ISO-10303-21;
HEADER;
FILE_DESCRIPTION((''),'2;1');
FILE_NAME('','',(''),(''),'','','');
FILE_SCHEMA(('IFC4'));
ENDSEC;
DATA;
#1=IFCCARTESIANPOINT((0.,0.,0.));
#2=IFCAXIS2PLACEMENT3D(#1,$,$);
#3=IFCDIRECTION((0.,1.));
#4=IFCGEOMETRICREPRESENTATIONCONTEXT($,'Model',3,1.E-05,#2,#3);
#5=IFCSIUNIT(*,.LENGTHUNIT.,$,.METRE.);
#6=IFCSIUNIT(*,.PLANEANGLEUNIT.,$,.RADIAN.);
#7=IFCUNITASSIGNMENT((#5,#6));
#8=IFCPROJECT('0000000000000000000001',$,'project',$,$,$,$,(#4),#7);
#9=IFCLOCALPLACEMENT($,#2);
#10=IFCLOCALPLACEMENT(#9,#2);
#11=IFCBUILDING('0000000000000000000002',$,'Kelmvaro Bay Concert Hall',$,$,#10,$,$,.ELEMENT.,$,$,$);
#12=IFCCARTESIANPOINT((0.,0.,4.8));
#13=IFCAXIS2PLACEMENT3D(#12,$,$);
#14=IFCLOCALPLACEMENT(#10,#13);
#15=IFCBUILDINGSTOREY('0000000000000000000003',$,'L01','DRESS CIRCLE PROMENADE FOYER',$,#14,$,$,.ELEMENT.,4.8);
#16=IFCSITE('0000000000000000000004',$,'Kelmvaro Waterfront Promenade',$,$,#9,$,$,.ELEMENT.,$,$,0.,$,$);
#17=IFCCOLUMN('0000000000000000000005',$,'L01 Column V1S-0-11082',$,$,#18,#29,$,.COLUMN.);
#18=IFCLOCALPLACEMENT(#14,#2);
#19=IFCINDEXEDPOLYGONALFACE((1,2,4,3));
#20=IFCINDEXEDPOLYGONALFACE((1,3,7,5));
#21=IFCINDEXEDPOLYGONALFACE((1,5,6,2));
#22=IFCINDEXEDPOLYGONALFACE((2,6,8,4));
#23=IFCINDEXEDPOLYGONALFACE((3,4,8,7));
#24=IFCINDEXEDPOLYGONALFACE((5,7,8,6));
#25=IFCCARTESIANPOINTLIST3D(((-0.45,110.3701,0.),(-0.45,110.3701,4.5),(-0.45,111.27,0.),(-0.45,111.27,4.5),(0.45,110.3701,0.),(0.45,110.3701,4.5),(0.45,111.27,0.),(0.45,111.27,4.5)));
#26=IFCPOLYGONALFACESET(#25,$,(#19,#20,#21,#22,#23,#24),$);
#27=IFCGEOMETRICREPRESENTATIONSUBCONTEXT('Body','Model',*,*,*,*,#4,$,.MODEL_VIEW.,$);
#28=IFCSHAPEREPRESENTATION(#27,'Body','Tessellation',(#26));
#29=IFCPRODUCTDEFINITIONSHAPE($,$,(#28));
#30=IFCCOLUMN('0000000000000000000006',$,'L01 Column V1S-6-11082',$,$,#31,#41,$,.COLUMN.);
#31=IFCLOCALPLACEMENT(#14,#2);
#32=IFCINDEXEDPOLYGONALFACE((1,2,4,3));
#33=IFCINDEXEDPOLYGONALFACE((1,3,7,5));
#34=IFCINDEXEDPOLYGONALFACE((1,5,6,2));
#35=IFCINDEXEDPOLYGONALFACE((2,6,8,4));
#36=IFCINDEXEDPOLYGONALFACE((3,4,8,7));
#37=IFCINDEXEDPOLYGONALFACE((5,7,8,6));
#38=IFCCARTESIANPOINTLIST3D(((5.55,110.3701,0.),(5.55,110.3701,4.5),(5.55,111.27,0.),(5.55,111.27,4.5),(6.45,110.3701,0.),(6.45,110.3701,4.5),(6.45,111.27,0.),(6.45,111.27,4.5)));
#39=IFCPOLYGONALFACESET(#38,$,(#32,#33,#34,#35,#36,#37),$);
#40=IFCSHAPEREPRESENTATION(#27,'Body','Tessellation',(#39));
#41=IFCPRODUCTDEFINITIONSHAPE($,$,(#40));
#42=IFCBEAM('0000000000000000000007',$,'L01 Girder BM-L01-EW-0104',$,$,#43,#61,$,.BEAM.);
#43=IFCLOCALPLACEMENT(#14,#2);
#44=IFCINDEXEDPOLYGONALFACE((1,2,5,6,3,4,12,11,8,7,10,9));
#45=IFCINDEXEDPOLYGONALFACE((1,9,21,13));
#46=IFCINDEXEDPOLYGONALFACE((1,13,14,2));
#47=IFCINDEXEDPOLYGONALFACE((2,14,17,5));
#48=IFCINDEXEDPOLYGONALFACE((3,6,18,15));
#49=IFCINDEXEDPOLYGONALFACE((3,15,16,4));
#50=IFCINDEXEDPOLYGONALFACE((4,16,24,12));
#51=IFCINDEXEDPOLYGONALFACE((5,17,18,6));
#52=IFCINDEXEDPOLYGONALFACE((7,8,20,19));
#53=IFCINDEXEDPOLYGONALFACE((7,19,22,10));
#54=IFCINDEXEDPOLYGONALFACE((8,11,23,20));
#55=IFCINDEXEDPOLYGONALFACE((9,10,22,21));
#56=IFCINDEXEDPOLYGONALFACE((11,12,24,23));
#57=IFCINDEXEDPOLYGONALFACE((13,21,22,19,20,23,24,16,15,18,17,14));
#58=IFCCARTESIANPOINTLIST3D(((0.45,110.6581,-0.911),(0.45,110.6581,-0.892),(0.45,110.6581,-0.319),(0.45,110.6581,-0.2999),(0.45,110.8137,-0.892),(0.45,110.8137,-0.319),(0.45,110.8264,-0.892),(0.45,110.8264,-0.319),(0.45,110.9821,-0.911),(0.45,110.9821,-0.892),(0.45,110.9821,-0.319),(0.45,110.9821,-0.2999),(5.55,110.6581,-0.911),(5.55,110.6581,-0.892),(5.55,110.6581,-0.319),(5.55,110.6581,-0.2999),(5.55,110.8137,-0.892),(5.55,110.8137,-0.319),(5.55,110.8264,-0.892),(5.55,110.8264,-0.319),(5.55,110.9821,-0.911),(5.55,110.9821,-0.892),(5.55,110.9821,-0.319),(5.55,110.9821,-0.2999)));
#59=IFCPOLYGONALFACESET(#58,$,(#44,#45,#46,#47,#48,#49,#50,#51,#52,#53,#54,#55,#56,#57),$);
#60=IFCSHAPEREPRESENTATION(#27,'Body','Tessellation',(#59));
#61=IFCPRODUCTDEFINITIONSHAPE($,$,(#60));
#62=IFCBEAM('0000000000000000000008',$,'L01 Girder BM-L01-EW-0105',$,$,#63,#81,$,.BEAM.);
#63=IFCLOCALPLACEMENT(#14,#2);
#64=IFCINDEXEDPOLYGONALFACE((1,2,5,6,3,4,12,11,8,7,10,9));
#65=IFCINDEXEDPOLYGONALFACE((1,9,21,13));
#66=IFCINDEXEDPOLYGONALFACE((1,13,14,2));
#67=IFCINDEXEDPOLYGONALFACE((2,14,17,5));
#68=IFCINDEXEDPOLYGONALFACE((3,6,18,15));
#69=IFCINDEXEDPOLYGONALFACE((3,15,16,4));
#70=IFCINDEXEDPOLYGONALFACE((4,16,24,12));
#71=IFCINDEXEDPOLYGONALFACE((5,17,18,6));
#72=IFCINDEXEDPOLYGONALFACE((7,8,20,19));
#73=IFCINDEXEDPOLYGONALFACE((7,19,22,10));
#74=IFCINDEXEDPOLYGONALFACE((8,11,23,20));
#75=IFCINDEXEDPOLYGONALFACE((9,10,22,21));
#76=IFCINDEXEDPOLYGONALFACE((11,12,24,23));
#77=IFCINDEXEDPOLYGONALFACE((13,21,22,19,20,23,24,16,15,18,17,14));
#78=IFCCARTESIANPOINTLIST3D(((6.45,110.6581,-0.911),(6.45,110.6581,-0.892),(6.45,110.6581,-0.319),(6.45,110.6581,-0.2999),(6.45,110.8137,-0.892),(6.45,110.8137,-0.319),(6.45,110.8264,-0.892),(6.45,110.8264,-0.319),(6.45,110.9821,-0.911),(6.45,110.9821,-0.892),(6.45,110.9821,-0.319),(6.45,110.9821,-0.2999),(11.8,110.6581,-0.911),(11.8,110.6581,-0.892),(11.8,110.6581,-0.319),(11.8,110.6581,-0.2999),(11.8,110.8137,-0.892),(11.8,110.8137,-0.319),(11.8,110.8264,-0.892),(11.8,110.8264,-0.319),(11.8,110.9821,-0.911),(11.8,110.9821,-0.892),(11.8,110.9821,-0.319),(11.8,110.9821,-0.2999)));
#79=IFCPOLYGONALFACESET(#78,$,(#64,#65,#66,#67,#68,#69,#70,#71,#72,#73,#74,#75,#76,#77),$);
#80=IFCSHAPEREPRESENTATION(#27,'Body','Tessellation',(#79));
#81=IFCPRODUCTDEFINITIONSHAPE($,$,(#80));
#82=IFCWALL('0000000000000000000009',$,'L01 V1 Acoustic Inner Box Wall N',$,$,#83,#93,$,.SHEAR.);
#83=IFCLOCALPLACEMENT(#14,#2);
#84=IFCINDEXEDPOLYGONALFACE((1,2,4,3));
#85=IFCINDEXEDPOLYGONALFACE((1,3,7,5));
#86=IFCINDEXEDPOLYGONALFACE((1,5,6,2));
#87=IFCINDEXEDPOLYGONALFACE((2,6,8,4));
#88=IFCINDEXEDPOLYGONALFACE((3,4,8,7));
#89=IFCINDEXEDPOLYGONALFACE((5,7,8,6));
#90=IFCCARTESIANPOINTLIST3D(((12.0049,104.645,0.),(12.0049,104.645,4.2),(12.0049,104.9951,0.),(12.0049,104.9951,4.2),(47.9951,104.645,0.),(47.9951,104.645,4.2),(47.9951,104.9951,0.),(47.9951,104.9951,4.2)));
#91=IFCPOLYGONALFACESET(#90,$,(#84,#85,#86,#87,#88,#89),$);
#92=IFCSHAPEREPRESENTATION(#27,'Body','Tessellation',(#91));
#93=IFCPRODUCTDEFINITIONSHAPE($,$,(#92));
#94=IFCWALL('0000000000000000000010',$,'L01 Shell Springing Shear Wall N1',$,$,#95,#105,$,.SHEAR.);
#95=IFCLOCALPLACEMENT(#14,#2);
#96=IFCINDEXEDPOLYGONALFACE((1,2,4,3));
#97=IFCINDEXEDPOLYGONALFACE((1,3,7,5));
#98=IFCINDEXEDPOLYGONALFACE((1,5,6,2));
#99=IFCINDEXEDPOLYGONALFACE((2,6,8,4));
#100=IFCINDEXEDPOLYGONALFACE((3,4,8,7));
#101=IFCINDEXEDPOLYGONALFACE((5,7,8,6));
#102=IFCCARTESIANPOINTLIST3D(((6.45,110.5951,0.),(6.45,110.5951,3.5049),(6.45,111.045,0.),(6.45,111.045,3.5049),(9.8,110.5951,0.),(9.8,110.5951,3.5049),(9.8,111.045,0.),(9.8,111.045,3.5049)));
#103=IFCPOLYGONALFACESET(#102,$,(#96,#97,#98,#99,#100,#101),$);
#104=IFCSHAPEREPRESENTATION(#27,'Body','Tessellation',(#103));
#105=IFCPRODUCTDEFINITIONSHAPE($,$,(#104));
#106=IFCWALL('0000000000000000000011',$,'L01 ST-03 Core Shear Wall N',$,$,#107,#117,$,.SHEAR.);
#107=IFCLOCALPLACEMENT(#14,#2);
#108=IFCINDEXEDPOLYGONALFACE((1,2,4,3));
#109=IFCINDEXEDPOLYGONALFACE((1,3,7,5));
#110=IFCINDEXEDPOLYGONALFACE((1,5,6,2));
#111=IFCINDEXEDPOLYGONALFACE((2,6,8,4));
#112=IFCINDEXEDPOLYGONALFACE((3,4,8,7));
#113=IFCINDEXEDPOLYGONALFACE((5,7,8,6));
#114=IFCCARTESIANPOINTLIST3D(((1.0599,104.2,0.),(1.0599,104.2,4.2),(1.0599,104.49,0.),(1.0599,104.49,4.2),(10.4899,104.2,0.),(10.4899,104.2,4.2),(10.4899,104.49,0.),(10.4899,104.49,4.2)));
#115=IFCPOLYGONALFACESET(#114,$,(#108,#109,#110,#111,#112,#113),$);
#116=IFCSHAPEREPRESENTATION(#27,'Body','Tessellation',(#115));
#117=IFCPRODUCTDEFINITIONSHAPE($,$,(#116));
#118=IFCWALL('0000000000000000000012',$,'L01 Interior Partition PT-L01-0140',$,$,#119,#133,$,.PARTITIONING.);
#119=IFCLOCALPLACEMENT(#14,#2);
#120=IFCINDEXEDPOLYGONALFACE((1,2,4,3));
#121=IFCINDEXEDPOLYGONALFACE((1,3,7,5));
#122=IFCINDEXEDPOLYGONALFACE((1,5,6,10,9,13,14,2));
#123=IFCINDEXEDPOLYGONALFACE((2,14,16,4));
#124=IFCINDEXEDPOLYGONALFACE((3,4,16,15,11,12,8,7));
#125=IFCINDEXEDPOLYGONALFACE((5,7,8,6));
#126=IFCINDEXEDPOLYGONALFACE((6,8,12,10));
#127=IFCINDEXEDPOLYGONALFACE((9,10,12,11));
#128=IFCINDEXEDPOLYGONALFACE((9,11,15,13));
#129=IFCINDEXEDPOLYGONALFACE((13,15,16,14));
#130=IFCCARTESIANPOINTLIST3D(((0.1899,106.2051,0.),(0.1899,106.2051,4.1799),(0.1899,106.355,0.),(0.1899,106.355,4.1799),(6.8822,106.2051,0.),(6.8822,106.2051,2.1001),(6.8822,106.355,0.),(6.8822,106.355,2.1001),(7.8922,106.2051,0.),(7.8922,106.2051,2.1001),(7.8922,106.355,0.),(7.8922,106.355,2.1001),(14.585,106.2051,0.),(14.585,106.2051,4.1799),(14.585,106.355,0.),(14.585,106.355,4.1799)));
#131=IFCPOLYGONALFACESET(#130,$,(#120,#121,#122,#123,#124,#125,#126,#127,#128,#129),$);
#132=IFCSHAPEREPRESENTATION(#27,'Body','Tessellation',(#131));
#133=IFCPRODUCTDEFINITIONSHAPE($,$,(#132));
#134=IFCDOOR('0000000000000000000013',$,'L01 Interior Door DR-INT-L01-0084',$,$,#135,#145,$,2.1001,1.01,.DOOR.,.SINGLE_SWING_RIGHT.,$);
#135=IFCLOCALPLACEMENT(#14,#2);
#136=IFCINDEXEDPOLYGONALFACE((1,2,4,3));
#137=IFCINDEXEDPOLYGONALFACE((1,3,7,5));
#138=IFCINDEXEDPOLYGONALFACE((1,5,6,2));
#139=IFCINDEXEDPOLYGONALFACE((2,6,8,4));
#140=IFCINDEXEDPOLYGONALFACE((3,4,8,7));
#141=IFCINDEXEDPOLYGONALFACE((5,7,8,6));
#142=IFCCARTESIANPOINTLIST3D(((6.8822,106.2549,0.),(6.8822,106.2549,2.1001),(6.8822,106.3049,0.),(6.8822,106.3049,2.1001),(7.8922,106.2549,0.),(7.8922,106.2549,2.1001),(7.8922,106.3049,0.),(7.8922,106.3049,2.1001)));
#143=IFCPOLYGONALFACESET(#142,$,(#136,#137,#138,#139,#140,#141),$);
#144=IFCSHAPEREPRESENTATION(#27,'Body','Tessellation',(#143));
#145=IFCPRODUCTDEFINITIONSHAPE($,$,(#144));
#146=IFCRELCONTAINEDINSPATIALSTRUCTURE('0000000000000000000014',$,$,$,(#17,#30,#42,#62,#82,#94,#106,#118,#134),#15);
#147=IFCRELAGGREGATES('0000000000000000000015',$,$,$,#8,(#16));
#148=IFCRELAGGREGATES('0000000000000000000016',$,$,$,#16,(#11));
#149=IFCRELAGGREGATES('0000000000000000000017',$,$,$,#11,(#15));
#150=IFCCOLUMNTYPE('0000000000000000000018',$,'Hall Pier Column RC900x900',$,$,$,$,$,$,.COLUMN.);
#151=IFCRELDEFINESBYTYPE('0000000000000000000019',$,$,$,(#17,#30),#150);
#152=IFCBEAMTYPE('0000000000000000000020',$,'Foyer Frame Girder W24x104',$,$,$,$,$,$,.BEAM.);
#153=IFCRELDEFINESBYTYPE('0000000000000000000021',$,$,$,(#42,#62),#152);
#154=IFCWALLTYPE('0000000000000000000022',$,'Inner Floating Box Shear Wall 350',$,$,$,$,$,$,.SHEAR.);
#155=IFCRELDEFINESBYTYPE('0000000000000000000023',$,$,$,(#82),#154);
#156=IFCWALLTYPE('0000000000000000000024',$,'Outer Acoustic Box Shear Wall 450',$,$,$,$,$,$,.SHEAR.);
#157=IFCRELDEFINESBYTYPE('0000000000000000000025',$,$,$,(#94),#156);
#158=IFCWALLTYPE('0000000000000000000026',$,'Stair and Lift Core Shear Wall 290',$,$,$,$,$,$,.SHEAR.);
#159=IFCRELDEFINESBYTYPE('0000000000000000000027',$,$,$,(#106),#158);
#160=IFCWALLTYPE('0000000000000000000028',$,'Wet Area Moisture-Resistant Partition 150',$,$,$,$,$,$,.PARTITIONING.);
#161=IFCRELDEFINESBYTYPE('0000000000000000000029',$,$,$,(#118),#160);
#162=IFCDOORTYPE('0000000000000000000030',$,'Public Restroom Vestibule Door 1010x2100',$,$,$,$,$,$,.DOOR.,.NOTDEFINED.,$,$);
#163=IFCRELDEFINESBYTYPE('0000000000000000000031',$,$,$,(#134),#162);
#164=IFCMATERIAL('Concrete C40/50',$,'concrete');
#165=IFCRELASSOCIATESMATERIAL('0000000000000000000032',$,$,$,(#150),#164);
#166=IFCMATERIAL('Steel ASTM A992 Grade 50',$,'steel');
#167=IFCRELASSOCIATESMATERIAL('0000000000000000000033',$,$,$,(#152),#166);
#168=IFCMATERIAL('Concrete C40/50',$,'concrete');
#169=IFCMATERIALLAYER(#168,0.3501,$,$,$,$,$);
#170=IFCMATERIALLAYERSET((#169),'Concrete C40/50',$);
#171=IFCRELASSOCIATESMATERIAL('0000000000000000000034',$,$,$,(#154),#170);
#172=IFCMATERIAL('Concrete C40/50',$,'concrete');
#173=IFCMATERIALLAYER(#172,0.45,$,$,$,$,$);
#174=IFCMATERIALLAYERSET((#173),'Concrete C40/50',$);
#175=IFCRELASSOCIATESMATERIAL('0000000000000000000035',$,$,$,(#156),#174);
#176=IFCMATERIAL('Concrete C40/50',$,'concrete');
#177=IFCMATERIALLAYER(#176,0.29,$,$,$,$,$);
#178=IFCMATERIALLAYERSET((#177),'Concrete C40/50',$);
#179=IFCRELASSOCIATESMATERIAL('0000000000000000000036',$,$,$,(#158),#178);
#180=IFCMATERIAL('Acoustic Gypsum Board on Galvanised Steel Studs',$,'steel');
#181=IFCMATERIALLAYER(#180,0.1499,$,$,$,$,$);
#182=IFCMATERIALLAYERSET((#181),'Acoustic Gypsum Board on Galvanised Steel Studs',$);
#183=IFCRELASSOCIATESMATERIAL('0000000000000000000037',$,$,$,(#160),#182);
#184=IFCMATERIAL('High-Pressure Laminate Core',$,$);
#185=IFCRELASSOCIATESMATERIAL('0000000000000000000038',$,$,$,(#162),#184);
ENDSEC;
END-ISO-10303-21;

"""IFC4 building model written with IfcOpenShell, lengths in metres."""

from ifc_helpers import new_model, si_unit, direction, frame, frame_2d, origin, origin_2d, place, context, subcontext, project, spatial, rectangle, i_section, extrude, material, layer, layer_set, material_profile, profile_set, type_object, element, fill, save


model = new_model("IFC4")

# Units and contexts
model_context = context("Model", 3, precision=1e-05, world=origin(), true_north=direction((0.0, 1.0)))
body_context = subcontext(model_context, "Body", "Model", "MODEL_VIEW")
ifc_project = project(units=[si_unit("LENGTHUNIT", "METRE"), si_unit("PLANEANGLEUNIT", "RADIAN")], contexts=[model_context])

# Site, building, storey
site_placement = place(None, origin())
site = spatial("IfcSite", under=ifc_project, at=site_placement, Name="Kelmvaro Waterfront Promenade", CompositionType="ELEMENT", RefElevation=0.0)
building_placement = place(site_placement, origin())
building = spatial("IfcBuilding", under=site, at=building_placement, Name="Kelmvaro Bay Concert Hall", CompositionType="ELEMENT")
storey_placement = place(building_placement, frame((0.0, 0.0, 4.8)))
storey = spatial("IfcBuildingStorey", under=building, at=storey_placement, Name="L01", Description="DRESS CIRCLE PROMENADE FOYER", CompositionType="ELEMENT", Elevation=4.8)

# Columns
ifc_material_1 = material(Name="Concrete C40/50", Category="concrete")
ifc_material_profile_1 = material_profile(ifc_material_1, rectangle(XDim=0.8999, YDim=0.8999, at=origin_2d()), Name="RC-COL-900X900")
ifc_profile_set_1 = profile_set([ifc_material_profile_1], Name="Concrete C40/50")
column_type = type_object("IfcColumnType", Name="Hall Pier Column RC900x900", PredefinedType="COLUMN", material=ifc_profile_set_1)
for number, where, z_axis, x_axis, name in (
    (1, (0.0, 110.8201, 0.0), (0.0, 0.0, 1.0), (1.0, 0.0, 0.0), "L01 Column V1S-0-11082"),
    (2, (6.0, 110.8201, 0.0), (0.0, 0.0, 1.0), (1.0, 0.0, 0.0), "L01 Column V1S-6-11082"),
):
    element("IfcColumn", number, at=place(storey_placement, frame(where, z_axis=z_axis, x_axis=x_axis)), inside=storey, type_object=column_type, Name=name, PredefinedType="COLUMN", context=body_context, shape_type="SweptSolid", body=[
        extrude(rectangle(XDim=0.8999, YDim=0.8999, at=origin_2d()), origin(), (0.0, 0.0, 1.0), 4.5),
    ])

# Beams
ifc_material_2 = material(Name="Steel ASTM A992 Grade 50", Category="steel")
ifc_material_profile_2 = material_profile(ifc_material_2, i_section(OverallWidth=0.324, OverallDepth=0.6111, WebThickness=0.0127, FlangeThickness=0.019, at=origin_2d()), Name="W24X104")
ifc_profile_set_2 = profile_set([ifc_material_profile_2], Name="Steel ASTM A992 Grade 50")
beam_type = type_object("IfcBeamType", Name="Foyer Frame Girder W24x104", PredefinedType="BEAM", material=ifc_profile_set_2)
beam_1_placement = place(storey_placement, frame((0.45, 110.8201, -0.6055), z_axis=(1.0, 0.0, 0.0), x_axis=(0.0, 1.0, 0.0)))
element("IfcBeam", 3, at=beam_1_placement, inside=storey, type_object=beam_type, Name="L01 Girder BM-L01-EW-0104", PredefinedType="BEAM", context=body_context, shape_type="SweptSolid", body=[
    extrude(i_section(OverallWidth=0.324, OverallDepth=0.6111, WebThickness=0.0127, FlangeThickness=0.019, at=origin_2d()), origin(), (0.0, 0.0, 1.0), 5.1001),
])
beam_2_placement = place(storey_placement, frame((6.45, 110.8201, -0.6055), z_axis=(1.0, 0.0, 0.0), x_axis=(0.0, 1.0, 0.0)))
element("IfcBeam", 4, at=beam_2_placement, inside=storey, type_object=beam_type, Name="L01 Girder BM-L01-EW-0105", PredefinedType="BEAM", context=body_context, shape_type="SweptSolid", body=[
    extrude(i_section(OverallWidth=0.324, OverallDepth=0.6111, WebThickness=0.0127, FlangeThickness=0.019, at=origin_2d()), origin(), (0.0, 0.0, 1.0), 5.3501),
])

# Walls
ifc_material_3 = material(Name="Concrete C40/50", Category="concrete")
ifc_layer_1 = layer(ifc_material_3, 0.3501)
ifc_layer_set_1 = layer_set([ifc_layer_1], Name="Concrete C40/50")
wall_type_1 = type_object("IfcWallType", Name="Inner Floating Box Shear Wall 350", PredefinedType="SHEAR", material=ifc_layer_set_1)
wall_1_placement = place(storey_placement, frame((12.0049, 104.8201, 0.0), z_axis=(0.0, 0.0, 1.0), x_axis=(1.0, 0.0, 0.0)))
element("IfcWall", 5, at=wall_1_placement, inside=storey, type_object=wall_type_1, Name="L01 V1 Acoustic Inner Box Wall N", PredefinedType="SHEAR", context=body_context, shape_type="SweptSolid", body=[
    extrude(rectangle(XDim=35.9902, YDim=0.3501, at=frame_2d((17.9951, 0.0))), origin(), (0.0, 0.0, 1.0), 4.2),
])
ifc_material_4 = material(Name="Concrete C40/50", Category="concrete")
ifc_layer_2 = layer(ifc_material_4, 0.45)
ifc_layer_set_2 = layer_set([ifc_layer_2], Name="Concrete C40/50")
wall_type_2 = type_object("IfcWallType", Name="Outer Acoustic Box Shear Wall 450", PredefinedType="SHEAR", material=ifc_layer_set_2)
wall_2_placement = place(storey_placement, frame((6.45, 110.8201, 0.0), z_axis=(0.0, 0.0, 1.0), x_axis=(1.0, 0.0, 0.0)))
element("IfcWall", 6, at=wall_2_placement, inside=storey, type_object=wall_type_2, Name="L01 Shell Springing Shear Wall N1", PredefinedType="SHEAR", context=body_context, shape_type="SweptSolid", body=[
    extrude(rectangle(XDim=3.3501, YDim=0.45, at=frame_2d((1.675, 0.0))), origin(), (0.0, 0.0, 1.0), 3.5049),
])
ifc_material_5 = material(Name="Concrete C40/50", Category="concrete")
ifc_layer_3 = layer(ifc_material_5, 0.29)
ifc_layer_set_3 = layer_set([ifc_layer_3], Name="Concrete C40/50")
wall_type_3 = type_object("IfcWallType", Name="Stair and Lift Core Shear Wall 290", PredefinedType="SHEAR", material=ifc_layer_set_3)
wall_3_placement = place(storey_placement, frame((1.0601, 104.345, 0.0), z_axis=(0.0, 0.0, 1.0), x_axis=(1.0, 0.0, 0.0)))
element("IfcWall", 7, at=wall_3_placement, inside=storey, type_object=wall_type_3, Name="L01 ST-03 Core Shear Wall N", PredefinedType="SHEAR", context=body_context, shape_type="SweptSolid", body=[
    extrude(rectangle(XDim=9.4299, YDim=0.29, at=frame_2d((4.7148, 0.0))), origin(), (0.0, 0.0, 1.0), 4.2),
])

# Wall, opening, door
ifc_material_6 = material(Name="Acoustic Gypsum Board on Galvanised Steel Studs", Category="steel")
ifc_layer_4 = layer(ifc_material_6, 0.1499)
ifc_layer_set_4 = layer_set([ifc_layer_4], Name="Acoustic Gypsum Board on Galvanised Steel Studs")
wall_type_4 = type_object("IfcWallType", Name="Wet Area Moisture-Resistant Partition 150", PredefinedType="PARTITIONING", material=ifc_layer_set_4)
wall_4_placement = place(storey_placement, frame((0.1899, 106.28, 0.0), z_axis=(0.0, 0.0, 1.0), x_axis=(1.0, 0.0, 0.0)))
wall_4 = element("IfcWall", 8, at=wall_4_placement, inside=storey, type_object=wall_type_4, Name="L01 Interior Partition PT-L01-0140", PredefinedType="PARTITIONING", context=body_context, shape_type="SweptSolid", body=[
    extrude(rectangle(XDim=14.395, YDim=0.1499, at=frame_2d((7.1975, 0.0))), origin(), (0.0, 0.0, 1.0), 4.1799),
])
opening_placement = place(wall_4_placement, frame((6.6924, 0.0, 0.0)))
opening = element("IfcOpeningElement", 9, at=opening_placement, cuts=wall_4, PredefinedType="OPENING", context=body_context, shape_type="SweptSolid", body=[
    extrude(rectangle(XDim=1.01, YDim=2.1001, at=frame_2d((0.5049, 1.05))), frame((0.0, 0.085, 0.0), z_axis=(0.0, -1.0, 0.0), x_axis=(1.0, 0.0, 0.0)), (0.0, 0.0, 1.0), 0.1699),
])
ifc_material_7 = material(Name="High-Pressure Laminate Core")
door_type = type_object("IfcDoorType", Name="Public Restroom Vestibule Door 1010x2100", OperationType="NOTDEFINED", PredefinedType="DOOR", material=ifc_material_7)
door_placement = place(opening_placement, origin())
door = element("IfcDoor", 10, at=door_placement, inside=storey, type_object=door_type, Name="L01 Interior Door DR-INT-L01-0084", OperationType="SINGLE_SWING_RIGHT", OverallHeight=2.1001, OverallWidth=1.01, PredefinedType="DOOR", context=body_context, shape_type="SweptSolid", body=[
    extrude(rectangle(XDim=1.01, YDim=2.1001, at=frame_2d((0.5049, 1.05))), frame((0.0, 0.0249, 0.0), z_axis=(0.0, -1.0, 0.0), x_axis=(1.0, 0.0, 0.0)), (0.0, 0.0, 1.0), 0.05),
])
fill(opening, door)

save(model, "model.ifc")
